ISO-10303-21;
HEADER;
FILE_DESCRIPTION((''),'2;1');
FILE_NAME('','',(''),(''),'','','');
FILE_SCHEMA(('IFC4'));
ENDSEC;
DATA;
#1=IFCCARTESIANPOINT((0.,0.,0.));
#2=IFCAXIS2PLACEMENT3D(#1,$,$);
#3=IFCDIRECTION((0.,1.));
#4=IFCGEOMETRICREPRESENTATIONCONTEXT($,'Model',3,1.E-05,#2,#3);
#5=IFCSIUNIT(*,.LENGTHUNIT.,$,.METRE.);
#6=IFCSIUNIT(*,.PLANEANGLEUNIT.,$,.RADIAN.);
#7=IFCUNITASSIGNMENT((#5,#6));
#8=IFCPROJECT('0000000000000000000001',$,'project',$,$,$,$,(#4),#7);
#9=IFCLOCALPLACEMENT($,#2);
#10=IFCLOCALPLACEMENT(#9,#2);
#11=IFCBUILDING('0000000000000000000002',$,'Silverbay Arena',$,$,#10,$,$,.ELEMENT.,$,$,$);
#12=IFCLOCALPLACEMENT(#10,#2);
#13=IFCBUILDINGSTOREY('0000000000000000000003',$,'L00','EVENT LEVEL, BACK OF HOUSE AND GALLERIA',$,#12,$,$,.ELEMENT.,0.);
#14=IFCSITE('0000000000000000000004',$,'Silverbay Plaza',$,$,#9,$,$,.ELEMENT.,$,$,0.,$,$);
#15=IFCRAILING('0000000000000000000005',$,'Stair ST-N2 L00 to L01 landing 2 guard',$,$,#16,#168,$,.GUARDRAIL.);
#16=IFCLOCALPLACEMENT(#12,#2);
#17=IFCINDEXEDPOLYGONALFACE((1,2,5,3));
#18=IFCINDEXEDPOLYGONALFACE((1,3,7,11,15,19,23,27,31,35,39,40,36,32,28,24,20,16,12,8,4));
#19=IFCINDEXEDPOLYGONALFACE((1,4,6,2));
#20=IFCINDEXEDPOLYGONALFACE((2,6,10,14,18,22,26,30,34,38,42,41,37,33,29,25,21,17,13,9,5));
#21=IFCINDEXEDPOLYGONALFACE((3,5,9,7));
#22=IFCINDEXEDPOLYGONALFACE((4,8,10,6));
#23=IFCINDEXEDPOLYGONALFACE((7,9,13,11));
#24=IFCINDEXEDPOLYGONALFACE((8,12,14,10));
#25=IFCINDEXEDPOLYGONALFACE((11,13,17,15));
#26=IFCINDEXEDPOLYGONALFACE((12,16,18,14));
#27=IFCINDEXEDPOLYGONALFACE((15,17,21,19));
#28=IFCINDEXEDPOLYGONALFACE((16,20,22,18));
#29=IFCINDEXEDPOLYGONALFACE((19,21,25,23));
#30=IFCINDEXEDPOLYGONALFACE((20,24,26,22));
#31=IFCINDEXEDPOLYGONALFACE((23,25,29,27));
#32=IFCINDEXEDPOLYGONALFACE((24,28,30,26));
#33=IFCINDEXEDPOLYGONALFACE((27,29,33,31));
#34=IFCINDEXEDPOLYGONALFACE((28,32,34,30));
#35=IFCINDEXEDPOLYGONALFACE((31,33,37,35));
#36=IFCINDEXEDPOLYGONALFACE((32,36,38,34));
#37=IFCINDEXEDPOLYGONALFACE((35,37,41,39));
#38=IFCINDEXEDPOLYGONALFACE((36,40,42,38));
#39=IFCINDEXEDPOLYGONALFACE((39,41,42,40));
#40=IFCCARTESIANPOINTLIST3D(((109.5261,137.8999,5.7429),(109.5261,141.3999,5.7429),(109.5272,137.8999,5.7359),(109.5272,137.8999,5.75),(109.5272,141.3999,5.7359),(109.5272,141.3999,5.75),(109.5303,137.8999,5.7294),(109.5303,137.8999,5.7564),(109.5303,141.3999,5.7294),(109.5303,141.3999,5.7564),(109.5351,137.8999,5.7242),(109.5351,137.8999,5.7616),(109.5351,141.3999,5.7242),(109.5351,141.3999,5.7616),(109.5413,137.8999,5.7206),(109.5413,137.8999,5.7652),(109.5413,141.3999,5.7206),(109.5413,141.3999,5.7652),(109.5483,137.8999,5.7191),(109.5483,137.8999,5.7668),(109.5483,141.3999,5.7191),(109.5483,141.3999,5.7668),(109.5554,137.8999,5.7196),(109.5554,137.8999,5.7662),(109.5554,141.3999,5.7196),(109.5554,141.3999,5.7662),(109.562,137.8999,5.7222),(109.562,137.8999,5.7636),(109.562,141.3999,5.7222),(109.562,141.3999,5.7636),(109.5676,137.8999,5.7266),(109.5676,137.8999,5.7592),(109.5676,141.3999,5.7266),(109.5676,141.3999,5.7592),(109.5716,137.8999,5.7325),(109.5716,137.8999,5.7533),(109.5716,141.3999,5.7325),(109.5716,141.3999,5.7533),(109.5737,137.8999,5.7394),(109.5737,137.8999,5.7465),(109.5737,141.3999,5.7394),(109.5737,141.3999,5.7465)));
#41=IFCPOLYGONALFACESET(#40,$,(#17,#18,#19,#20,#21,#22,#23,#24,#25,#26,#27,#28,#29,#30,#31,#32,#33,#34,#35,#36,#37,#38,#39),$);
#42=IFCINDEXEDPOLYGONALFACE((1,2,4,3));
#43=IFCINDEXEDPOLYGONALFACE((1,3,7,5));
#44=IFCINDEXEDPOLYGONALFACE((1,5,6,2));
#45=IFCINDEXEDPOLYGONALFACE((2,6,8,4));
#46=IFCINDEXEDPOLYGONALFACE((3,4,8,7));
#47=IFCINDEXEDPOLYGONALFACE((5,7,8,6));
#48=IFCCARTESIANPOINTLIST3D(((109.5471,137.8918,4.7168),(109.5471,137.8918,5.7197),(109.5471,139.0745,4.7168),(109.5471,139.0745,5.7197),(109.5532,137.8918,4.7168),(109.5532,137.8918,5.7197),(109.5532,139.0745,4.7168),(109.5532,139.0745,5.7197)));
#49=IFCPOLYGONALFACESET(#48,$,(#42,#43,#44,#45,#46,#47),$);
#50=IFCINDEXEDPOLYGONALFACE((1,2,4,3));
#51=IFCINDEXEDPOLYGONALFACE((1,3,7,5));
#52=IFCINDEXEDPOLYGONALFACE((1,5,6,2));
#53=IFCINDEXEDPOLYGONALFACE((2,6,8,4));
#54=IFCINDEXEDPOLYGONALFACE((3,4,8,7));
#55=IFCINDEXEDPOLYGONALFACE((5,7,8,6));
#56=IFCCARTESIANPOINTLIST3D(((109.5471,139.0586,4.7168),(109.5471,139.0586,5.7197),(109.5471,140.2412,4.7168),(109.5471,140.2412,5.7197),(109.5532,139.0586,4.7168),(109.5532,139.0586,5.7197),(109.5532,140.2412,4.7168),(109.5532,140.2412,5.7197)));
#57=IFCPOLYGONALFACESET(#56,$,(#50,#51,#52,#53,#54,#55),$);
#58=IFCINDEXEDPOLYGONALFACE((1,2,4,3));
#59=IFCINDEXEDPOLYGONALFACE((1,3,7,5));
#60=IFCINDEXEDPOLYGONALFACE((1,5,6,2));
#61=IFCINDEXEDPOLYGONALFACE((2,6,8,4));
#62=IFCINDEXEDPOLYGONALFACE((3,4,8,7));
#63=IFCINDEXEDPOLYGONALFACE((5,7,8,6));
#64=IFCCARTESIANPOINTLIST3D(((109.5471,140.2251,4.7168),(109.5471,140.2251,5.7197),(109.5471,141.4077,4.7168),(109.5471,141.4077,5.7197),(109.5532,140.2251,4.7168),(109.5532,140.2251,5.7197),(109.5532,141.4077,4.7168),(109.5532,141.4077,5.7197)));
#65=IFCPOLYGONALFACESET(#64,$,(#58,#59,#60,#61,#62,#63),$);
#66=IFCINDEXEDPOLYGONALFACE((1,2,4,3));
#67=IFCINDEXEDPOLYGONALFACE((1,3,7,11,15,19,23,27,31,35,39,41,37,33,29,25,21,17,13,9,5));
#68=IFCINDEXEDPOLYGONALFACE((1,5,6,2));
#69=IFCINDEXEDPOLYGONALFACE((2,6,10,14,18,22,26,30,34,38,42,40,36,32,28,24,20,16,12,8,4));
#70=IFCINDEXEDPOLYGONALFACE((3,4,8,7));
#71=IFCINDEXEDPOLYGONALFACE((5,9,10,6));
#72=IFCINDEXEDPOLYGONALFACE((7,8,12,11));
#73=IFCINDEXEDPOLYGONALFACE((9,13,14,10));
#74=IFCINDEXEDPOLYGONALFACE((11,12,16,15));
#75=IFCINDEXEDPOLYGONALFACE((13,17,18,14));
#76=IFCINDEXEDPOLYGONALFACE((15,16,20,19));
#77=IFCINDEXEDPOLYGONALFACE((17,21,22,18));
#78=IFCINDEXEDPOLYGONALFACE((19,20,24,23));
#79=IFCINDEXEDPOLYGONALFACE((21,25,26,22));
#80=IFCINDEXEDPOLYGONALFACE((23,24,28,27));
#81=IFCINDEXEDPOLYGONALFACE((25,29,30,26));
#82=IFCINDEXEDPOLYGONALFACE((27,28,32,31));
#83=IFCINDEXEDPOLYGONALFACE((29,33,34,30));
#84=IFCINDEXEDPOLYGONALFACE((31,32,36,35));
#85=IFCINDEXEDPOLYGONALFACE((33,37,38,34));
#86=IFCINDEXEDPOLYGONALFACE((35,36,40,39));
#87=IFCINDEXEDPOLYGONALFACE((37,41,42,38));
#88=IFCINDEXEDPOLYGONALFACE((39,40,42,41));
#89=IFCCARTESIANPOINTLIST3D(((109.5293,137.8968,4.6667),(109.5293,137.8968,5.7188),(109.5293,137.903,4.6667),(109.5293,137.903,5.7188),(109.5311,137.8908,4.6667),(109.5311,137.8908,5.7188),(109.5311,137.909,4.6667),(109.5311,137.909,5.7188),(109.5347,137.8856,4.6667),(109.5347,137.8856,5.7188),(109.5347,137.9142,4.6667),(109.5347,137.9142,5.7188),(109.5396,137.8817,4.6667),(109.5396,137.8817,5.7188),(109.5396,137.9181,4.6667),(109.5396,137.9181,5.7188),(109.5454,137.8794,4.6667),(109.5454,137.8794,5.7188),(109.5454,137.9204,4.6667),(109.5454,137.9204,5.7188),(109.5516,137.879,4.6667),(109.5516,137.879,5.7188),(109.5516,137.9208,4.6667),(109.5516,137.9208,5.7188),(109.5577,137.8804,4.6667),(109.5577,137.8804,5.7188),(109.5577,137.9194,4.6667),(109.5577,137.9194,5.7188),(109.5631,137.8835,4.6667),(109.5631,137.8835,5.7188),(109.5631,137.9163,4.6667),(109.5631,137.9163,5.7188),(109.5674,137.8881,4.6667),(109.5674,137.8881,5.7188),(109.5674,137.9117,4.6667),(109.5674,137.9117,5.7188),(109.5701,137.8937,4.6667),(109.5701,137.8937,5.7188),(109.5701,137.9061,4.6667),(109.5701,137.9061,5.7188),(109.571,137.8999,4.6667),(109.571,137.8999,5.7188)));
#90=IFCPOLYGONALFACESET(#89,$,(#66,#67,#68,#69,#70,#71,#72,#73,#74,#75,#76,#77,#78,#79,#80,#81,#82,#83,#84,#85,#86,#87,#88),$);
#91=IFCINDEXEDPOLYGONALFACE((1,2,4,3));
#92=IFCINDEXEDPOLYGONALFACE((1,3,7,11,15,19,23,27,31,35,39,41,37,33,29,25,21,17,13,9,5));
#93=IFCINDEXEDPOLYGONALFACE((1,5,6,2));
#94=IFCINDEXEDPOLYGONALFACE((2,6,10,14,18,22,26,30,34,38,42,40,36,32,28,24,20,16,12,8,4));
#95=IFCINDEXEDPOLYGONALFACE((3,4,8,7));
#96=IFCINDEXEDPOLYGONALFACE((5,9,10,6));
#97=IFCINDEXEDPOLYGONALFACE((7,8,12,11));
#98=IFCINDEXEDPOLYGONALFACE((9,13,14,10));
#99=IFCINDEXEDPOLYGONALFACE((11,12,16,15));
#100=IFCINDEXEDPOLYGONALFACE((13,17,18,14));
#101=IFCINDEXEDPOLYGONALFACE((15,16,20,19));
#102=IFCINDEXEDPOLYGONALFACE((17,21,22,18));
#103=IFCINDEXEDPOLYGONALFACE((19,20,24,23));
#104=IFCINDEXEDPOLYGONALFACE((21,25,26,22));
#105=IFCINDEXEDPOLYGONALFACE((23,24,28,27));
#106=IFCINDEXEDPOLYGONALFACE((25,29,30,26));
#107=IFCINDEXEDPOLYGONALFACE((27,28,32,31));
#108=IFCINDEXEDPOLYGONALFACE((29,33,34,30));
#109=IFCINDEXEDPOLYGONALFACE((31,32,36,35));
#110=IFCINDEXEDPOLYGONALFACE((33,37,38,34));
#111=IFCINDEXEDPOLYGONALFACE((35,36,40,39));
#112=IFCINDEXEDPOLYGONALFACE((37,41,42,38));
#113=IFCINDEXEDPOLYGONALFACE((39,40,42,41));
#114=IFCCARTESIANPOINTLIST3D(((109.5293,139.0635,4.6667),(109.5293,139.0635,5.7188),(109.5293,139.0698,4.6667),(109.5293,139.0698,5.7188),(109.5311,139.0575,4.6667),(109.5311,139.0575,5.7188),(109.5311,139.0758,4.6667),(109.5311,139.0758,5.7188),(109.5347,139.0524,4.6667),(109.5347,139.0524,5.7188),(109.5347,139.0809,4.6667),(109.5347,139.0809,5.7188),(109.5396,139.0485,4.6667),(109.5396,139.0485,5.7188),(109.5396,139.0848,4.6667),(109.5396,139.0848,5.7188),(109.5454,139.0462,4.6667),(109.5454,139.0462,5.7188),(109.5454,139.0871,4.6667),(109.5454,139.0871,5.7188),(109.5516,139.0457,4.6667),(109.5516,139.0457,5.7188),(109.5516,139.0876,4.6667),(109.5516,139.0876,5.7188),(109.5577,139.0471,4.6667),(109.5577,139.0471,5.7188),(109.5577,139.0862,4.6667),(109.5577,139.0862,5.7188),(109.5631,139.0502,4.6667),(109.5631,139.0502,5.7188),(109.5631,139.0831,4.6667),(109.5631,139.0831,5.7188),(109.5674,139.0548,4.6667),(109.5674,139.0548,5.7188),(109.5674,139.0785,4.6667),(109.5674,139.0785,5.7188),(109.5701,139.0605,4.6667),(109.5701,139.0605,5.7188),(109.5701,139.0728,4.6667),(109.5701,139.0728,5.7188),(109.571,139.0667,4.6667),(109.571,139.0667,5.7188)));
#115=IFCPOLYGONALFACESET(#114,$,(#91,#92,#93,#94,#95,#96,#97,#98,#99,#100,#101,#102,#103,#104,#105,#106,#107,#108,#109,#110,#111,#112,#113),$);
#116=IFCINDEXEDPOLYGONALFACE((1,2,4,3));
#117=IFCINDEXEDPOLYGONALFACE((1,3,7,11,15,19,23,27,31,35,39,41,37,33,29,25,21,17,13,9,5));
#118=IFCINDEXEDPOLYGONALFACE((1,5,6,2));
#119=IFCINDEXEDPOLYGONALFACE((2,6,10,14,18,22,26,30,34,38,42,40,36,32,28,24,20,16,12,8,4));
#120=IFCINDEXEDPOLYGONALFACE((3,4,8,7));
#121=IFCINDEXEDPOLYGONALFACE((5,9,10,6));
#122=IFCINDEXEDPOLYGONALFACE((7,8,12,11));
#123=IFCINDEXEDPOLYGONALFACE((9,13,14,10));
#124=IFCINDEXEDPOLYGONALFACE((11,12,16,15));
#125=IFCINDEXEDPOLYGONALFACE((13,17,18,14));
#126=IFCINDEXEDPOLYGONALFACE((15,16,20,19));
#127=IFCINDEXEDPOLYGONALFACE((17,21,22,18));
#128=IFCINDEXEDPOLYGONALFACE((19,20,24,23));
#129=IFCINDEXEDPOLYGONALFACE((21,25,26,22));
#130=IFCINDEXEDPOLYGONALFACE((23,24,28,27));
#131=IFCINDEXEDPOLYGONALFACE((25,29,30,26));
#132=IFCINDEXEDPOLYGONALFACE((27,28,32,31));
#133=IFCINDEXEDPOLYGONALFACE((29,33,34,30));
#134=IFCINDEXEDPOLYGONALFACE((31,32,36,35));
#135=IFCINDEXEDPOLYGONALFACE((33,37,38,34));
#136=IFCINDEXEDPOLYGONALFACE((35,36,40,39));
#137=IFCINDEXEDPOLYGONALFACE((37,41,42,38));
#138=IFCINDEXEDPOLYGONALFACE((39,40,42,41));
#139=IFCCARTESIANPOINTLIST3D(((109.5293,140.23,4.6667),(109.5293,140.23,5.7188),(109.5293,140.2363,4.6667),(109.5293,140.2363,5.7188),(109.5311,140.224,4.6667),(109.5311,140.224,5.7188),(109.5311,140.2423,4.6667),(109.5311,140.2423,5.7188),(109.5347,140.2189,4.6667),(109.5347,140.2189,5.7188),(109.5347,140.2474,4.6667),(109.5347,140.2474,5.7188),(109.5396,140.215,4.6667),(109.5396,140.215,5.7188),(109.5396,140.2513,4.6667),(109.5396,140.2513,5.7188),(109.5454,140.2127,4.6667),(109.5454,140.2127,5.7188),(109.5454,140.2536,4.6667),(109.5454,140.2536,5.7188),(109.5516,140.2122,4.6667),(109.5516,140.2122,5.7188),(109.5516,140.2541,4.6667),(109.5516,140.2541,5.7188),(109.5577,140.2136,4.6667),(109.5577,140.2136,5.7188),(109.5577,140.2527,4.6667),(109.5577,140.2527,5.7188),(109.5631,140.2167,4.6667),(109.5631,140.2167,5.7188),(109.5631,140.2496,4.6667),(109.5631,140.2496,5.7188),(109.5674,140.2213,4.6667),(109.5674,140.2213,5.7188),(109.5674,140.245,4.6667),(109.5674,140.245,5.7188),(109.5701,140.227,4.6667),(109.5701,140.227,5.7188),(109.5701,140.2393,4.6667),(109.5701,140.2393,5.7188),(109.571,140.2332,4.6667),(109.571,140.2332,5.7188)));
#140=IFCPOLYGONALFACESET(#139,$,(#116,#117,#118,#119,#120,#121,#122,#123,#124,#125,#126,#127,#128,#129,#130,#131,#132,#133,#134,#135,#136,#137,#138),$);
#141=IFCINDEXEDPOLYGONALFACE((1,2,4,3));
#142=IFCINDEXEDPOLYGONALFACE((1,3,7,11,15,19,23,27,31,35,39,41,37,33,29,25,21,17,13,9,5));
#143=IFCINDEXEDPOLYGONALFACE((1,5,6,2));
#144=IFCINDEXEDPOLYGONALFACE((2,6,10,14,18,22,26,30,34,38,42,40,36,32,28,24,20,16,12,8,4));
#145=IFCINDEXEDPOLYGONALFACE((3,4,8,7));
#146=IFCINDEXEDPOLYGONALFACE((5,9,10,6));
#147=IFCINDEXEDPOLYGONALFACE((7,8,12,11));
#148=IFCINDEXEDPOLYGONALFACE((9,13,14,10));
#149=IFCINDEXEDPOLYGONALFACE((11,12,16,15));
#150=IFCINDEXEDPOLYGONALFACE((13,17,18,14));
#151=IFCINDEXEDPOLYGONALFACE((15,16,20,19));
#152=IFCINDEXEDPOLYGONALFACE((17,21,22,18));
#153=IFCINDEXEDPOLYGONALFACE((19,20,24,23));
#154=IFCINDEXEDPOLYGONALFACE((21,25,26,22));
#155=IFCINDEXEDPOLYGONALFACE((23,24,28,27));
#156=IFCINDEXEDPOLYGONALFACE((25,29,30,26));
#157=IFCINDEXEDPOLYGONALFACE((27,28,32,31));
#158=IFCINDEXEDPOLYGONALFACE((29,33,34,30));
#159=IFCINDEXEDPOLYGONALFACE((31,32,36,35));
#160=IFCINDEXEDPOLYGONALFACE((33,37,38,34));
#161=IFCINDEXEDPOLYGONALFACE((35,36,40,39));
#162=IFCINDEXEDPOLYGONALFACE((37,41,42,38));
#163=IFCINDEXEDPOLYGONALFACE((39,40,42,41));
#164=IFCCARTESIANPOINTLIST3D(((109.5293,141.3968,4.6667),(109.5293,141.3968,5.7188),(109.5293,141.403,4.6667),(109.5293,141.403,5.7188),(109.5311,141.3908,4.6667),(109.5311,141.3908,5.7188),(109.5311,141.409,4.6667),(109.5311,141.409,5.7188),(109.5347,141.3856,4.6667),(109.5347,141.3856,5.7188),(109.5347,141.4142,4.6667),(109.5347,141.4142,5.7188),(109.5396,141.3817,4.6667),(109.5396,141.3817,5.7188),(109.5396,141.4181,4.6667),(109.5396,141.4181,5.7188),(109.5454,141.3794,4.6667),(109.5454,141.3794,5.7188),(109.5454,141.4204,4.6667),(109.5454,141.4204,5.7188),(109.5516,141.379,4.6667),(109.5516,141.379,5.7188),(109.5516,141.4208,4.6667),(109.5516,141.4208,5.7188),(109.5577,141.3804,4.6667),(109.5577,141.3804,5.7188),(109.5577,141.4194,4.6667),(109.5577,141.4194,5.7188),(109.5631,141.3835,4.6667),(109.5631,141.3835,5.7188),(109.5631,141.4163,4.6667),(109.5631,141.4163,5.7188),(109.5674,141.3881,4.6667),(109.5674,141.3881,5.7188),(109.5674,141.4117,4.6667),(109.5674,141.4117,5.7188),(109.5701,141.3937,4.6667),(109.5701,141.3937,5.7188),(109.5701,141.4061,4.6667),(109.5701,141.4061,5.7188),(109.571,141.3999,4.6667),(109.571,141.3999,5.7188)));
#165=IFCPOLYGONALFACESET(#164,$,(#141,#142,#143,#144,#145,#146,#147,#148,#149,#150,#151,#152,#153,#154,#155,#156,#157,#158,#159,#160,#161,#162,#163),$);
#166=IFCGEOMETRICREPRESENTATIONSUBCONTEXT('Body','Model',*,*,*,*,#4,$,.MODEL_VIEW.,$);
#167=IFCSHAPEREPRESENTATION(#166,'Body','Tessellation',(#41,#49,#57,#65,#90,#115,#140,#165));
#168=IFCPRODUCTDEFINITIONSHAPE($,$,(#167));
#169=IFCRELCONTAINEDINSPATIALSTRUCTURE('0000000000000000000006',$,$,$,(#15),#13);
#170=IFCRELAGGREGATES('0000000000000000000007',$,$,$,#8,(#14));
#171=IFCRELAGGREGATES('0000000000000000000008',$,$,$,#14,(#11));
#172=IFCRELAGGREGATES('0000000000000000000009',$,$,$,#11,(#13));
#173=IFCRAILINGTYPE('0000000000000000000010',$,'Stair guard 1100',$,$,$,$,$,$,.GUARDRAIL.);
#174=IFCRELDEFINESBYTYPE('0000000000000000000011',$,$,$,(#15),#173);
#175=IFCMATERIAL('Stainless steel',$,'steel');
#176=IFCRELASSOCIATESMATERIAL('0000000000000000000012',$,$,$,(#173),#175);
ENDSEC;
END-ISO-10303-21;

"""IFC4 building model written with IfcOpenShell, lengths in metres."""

from ifc_helpers import new_model, si_unit, direction, frame, origin, origin_2d, place, context, subcontext, project, spatial, polyline, circle, outline, extrude, material, type_object, element, save


model = new_model("IFC4")

# Units and contexts
model_context = context("Model", 3, precision=1e-05, world=origin(), true_north=direction((0.0, 1.0)))
body_context = subcontext(model_context, "Body", "Model", "MODEL_VIEW")
ifc_project = project(units=[si_unit("LENGTHUNIT", "METRE"), si_unit("PLANEANGLEUNIT", "RADIAN")], contexts=[model_context])

# Site, building, storey
site_placement = place(None, origin())
site = spatial("IfcSite", under=ifc_project, at=site_placement, Name="Silverbay Plaza", CompositionType="ELEMENT", RefElevation=0.0)
building_placement = place(site_placement, origin())
building = spatial("IfcBuilding", under=site, at=building_placement, Name="Silverbay Arena", CompositionType="ELEMENT")
storey_placement = place(building_placement, origin())
storey = spatial("IfcBuildingStorey", under=building, at=storey_placement, Name="L00", Description="EVENT LEVEL, BACK OF HOUSE AND GALLERIA", CompositionType="ELEMENT", Elevation=0.0)

# Railing
ifc_material_1 = material(Name="Stainless steel", Category="steel")
railing_type_1 = type_object("IfcRailingType", Name="Stair guard 1100", PredefinedType="GUARDRAIL", material=ifc_material_1)
for number, where, name in (
    (1, (109.55, 137.8999, 4.6667), "Stair ST-N2 L00 to L01 landing 2 guard"),
):
    element("IfcRailing", number, at=place(storey_placement, frame(where)), inside=storey, type_object=railing_type_1, Name=name, PredefinedType="GUARDRAIL", context=body_context, shape_type="SweptSolid", body=[
        extrude(circle(Radius=0.0239, at=origin_2d()), frame((0.0, 0.0, 1.0762), z_axis=(0.0, 1.0, 0.0), x_axis=(-1.0, 0.0, 0.0)), (0.0, 0.0, 1.0), 3.5),
        extrude(outline(polyline([(-0.0081, 0.05), (1.1746, 0.05), (1.1746, 1.053), (-0.0081, 1.053), (-0.0081, 0.05)])), frame((-0.0029, 0.0, 0.0), z_axis=(1.0, 0.0, 0.0), x_axis=(0.0, 1.0, 0.0)), (0.0, 0.0, 1.0), 0.0061),
        extrude(outline(polyline([(-0.0081, 0.05), (1.1746, 0.05), (1.1746, 1.053), (-0.0081, 1.053), (-0.0081, 0.05)])), frame((-0.0029, 1.1667, 0.0), z_axis=(1.0, 0.0, 0.0), x_axis=(0.0, 1.0, 0.0)), (0.0, 0.0, 1.0), 0.0061),
        extrude(outline(polyline([(-0.0081, 0.05), (1.1746, 0.05), (1.1746, 1.053), (-0.0081, 1.053), (-0.0081, 0.05)])), frame((-0.0029, 2.3333, 0.0), z_axis=(1.0, 0.0, 0.0), x_axis=(0.0, 1.0, 0.0)), (0.0, 0.0, 1.0), 0.0061),
        extrude(circle(Radius=0.021, at=origin_2d()), origin(), (0.0, 0.0, 1.0), 1.052),
        extrude(circle(Radius=0.021, at=origin_2d()), frame((0.0, 1.1667, 0.0)), (0.0, 0.0, 1.0), 1.052),
        extrude(circle(Radius=0.021, at=origin_2d()), frame((0.0, 2.3333, 0.0)), (0.0, 0.0, 1.0), 1.052),
        extrude(circle(Radius=0.021, at=origin_2d()), frame((0.0, 3.5, 0.0)), (0.0, 0.0, 1.0), 1.052),
    ])

save(model, "model.ifc")
